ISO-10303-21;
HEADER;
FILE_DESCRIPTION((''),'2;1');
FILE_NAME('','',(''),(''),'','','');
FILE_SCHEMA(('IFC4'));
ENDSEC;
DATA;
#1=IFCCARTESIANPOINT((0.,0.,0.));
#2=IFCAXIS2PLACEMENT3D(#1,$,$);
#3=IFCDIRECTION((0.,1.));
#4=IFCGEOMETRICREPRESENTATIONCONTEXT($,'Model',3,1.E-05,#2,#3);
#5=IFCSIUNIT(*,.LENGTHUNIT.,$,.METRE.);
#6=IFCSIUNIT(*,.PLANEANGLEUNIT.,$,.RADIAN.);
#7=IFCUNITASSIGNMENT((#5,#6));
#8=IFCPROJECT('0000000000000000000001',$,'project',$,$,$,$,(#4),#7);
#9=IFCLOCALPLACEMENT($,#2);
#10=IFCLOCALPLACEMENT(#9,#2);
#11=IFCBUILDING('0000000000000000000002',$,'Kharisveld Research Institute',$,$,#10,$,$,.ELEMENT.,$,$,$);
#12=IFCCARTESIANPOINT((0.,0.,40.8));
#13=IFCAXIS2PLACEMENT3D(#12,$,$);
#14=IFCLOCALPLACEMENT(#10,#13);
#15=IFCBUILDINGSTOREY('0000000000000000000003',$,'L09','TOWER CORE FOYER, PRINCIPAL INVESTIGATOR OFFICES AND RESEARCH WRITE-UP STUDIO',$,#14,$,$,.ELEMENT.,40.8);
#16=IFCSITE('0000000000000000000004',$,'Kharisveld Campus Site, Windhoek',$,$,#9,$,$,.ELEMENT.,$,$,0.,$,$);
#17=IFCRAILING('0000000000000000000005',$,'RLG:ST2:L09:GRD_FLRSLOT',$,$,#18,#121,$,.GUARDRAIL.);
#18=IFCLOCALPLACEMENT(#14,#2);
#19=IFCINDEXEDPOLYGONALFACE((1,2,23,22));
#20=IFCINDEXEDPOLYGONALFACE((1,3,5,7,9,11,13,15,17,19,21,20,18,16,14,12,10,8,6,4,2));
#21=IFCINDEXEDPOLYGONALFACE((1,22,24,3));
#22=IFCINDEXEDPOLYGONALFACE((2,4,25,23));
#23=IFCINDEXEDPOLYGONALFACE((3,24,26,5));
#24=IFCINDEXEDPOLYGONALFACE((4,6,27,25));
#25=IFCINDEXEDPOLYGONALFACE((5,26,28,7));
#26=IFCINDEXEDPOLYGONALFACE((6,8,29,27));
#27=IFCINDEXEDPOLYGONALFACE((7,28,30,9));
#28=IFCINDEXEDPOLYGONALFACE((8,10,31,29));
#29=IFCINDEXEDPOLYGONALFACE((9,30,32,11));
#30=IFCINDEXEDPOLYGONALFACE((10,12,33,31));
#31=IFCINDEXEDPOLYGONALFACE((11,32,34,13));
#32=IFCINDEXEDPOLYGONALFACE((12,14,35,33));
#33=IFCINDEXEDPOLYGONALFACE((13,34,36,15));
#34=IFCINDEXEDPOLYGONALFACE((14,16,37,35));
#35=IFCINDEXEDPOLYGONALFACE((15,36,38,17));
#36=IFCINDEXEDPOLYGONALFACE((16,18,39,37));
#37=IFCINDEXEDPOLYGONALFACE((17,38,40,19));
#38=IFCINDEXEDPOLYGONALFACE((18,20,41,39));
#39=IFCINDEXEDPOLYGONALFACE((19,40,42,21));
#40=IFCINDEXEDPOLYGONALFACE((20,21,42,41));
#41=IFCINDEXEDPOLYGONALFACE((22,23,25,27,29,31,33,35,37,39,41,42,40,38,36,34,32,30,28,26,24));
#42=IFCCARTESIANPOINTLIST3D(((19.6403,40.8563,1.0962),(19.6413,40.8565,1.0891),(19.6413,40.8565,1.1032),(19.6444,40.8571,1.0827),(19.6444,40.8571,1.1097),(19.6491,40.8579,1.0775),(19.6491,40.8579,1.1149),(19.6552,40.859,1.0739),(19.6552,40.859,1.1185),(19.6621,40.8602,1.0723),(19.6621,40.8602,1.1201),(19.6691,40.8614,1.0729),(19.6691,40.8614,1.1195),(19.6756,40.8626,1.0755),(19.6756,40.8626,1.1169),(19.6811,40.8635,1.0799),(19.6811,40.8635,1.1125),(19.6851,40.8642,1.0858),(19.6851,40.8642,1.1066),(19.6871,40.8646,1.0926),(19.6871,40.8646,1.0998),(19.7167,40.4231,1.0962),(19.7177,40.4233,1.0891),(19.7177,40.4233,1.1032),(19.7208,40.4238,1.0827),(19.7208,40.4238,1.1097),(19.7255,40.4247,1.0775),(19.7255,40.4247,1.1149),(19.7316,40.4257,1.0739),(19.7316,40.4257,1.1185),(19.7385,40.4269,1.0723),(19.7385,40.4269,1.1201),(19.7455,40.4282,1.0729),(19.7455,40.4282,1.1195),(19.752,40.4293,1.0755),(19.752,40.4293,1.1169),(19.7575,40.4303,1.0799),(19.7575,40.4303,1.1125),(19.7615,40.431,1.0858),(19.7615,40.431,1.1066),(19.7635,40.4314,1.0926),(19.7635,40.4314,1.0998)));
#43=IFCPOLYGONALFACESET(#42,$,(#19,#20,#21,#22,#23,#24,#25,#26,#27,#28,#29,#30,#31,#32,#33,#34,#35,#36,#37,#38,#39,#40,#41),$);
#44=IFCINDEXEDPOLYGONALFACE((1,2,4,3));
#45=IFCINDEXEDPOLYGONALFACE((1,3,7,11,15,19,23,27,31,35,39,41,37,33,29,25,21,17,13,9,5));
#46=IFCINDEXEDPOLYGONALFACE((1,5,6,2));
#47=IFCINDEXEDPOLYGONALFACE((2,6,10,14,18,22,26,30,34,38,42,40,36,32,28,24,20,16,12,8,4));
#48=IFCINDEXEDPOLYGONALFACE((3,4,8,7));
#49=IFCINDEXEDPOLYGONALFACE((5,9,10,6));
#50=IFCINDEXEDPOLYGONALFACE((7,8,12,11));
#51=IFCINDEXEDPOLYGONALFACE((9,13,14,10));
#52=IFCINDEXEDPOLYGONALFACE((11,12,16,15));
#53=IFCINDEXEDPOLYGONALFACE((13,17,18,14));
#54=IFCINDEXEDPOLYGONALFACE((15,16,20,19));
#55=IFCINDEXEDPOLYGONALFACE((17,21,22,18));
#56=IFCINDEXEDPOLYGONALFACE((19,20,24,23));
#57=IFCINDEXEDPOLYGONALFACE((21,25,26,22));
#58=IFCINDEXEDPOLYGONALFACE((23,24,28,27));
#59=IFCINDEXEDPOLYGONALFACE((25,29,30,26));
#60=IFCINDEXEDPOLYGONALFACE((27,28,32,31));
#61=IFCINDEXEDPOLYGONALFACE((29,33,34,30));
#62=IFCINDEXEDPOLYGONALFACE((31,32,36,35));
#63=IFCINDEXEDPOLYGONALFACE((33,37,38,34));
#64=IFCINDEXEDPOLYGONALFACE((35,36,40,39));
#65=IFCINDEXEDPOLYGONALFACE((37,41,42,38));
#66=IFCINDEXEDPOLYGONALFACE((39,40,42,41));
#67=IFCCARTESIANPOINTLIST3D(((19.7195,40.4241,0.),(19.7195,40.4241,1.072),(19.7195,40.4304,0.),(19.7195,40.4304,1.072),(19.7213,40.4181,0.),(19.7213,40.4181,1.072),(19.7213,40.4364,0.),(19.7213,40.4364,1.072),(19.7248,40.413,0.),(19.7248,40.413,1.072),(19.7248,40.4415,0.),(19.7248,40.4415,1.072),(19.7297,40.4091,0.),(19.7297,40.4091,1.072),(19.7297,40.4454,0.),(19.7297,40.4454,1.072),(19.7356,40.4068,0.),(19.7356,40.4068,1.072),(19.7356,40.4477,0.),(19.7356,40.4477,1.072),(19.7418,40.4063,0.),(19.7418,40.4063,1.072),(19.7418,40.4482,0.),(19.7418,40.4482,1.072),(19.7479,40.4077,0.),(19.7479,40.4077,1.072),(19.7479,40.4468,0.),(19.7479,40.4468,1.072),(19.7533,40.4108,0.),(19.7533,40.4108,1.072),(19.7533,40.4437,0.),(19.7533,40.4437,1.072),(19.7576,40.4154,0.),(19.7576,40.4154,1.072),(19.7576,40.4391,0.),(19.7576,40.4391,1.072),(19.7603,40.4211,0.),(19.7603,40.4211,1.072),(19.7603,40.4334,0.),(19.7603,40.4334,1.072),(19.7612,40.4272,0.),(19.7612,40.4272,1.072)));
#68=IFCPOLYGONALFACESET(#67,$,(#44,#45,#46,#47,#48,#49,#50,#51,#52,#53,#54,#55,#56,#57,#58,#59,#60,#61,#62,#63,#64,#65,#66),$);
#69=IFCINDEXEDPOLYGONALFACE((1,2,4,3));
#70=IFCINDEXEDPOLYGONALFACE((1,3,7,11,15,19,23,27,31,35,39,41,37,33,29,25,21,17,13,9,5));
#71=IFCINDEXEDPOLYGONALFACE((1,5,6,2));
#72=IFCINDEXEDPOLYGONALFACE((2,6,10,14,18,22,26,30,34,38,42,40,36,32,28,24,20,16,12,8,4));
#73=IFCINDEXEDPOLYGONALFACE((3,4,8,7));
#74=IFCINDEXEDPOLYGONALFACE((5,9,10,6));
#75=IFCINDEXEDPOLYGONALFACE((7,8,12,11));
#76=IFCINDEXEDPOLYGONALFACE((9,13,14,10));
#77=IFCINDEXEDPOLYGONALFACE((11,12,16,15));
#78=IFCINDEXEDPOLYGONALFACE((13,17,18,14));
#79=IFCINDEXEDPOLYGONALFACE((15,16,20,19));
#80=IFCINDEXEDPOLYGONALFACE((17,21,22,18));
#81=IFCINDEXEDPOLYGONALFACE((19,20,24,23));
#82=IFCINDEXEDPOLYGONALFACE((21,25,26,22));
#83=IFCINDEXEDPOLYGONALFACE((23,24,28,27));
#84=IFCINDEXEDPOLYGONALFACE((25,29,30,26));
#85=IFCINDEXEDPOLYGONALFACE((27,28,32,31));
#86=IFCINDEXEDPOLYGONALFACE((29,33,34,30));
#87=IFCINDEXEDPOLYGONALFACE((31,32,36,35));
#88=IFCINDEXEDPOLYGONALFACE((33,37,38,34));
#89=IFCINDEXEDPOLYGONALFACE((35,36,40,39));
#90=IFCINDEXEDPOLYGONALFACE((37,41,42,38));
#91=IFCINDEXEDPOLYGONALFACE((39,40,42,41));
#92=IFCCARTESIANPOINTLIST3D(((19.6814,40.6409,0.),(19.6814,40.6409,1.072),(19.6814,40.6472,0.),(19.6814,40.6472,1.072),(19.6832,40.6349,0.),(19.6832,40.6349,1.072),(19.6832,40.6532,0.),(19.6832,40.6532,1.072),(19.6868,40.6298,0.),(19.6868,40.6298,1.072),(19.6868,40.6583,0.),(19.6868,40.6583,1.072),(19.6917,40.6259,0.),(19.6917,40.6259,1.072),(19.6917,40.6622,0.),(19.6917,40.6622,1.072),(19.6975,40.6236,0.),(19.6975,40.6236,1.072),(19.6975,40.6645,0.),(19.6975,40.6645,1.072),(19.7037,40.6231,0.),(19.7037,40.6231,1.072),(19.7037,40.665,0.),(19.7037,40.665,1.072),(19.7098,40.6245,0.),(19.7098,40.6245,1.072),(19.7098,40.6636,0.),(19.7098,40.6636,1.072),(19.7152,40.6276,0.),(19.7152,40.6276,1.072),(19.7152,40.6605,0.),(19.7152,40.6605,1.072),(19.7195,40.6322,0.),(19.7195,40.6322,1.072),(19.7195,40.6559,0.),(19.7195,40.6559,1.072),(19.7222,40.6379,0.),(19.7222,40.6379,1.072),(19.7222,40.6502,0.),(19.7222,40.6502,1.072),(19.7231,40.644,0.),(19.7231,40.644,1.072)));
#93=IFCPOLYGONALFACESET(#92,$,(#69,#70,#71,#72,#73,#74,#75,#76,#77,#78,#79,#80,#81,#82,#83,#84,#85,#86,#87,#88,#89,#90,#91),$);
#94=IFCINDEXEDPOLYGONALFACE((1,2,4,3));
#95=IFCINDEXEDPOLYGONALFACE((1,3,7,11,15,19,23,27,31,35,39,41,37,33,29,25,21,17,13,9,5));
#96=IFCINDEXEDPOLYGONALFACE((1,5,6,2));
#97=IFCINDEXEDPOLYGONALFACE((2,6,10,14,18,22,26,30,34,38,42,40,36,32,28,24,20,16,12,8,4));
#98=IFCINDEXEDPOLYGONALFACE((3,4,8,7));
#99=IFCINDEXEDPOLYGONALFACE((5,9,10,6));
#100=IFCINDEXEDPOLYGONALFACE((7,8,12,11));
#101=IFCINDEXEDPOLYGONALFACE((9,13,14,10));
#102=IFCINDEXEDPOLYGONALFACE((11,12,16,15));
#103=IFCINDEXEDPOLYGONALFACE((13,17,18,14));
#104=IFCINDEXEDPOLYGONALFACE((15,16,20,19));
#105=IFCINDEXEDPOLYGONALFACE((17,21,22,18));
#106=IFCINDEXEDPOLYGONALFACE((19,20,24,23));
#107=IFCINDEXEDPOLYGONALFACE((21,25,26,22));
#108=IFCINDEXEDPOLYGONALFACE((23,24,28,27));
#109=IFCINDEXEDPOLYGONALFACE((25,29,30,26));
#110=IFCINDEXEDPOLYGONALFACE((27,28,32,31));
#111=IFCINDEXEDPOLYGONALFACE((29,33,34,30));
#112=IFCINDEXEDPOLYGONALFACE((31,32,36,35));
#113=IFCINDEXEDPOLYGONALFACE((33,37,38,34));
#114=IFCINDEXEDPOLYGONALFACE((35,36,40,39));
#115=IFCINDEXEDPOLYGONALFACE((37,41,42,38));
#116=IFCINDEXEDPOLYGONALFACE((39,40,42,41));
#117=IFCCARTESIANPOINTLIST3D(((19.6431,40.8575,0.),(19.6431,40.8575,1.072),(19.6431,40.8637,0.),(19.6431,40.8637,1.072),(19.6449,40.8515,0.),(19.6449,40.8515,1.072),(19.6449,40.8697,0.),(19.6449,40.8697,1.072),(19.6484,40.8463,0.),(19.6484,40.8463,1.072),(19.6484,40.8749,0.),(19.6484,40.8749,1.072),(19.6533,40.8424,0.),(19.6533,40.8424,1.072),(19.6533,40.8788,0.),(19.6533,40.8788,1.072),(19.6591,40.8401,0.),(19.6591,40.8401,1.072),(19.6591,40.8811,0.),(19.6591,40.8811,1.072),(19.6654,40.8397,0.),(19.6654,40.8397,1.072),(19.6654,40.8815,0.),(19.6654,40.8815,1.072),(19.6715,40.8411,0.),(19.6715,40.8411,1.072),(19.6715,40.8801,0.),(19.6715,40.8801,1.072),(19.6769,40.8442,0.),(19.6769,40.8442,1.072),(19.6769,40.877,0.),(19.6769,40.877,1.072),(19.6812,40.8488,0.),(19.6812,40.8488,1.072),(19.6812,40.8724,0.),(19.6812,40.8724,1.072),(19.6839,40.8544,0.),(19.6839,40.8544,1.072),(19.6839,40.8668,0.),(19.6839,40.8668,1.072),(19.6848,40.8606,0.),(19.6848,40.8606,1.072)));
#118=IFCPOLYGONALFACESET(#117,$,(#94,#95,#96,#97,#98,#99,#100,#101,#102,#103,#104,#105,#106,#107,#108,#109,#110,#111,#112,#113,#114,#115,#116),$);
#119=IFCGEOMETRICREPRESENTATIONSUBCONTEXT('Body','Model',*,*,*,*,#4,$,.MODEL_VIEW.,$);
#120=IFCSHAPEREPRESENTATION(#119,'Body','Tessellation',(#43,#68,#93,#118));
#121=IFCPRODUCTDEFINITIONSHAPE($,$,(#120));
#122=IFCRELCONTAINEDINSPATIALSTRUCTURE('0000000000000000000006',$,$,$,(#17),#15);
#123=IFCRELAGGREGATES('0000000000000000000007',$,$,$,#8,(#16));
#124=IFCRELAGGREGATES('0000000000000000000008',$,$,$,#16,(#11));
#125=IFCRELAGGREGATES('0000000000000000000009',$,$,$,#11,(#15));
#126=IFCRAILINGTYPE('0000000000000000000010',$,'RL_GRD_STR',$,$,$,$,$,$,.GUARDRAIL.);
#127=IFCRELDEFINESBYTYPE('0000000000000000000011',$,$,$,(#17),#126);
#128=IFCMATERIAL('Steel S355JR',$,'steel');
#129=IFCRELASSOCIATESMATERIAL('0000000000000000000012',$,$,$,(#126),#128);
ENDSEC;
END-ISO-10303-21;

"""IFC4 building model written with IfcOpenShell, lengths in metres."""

from ifc_helpers import new_model, si_unit, direction, frame, origin, origin_2d, place, context, subcontext, project, spatial, circle, extrude, material, type_object, element, save


model = new_model("IFC4")

# Units and contexts
model_context = context("Model", 3, precision=1e-05, world=origin(), true_north=direction((0.0, 1.0)))
body_context = subcontext(model_context, "Body", "Model", "MODEL_VIEW")
ifc_project = project(units=[si_unit("LENGTHUNIT", "METRE"), si_unit("PLANEANGLEUNIT", "RADIAN")], contexts=[model_context])

# Site, building, storey
site_placement = place(None, origin())
site = spatial("IfcSite", under=ifc_project, at=site_placement, Name="Kharisveld Campus Site, Windhoek", CompositionType="ELEMENT", RefElevation=0.0)
building_placement = place(site_placement, origin())
building = spatial("IfcBuilding", under=site, at=building_placement, Name="Kharisveld Research Institute", CompositionType="ELEMENT")
storey_placement = place(building_placement, frame((0.0, 0.0, 40.8)))
storey = spatial("IfcBuildingStorey", under=building, at=storey_placement, Name="L09", Description="TOWER CORE FOYER, PRINCIPAL INVESTIGATOR OFFICES AND RESEARCH WRITE-UP STUDIO", CompositionType="ELEMENT", Elevation=40.8)

# Railing
ifc_material_1 = material(Name="Steel S355JR", Category="steel")
railing_type_1 = type_object("IfcRailingType", Name="RL_GRD_STR", PredefinedType="GUARDRAIL", material=ifc_material_1)
railing_1_placement = place(storey_placement, frame((19.7402, 40.4272, 0.0)))
element("IfcRailing", 1, at=railing_1_placement, inside=storey, type_object=railing_type_1, Name="RLG:ST2:L09:GRD_FLRSLOT", PredefinedType="GUARDRAIL", context=body_context, shape_type="SweptSolid", body=[
    extrude(circle(Radius=0.0239, at=origin_2d()), frame((0.0, 0.0, 1.0962), z_axis=(-0.173659, 0.984806, 0.0), x_axis=(-0.984806, -0.173659, 0.0)), (0.0, 0.0, 1.0), 0.4399),
    extrude(circle(Radius=0.021, at=origin_2d()), origin(), (0.0, 0.0, 1.0), 1.072),
    extrude(circle(Radius=0.021, at=origin_2d()), frame((-0.0381, 0.2168, 0.0)), (0.0, 0.0, 1.0), 1.072),
    extrude(circle(Radius=0.021, at=origin_2d()), frame((-0.0764, 0.4333, 0.0)), (0.0, 0.0, 1.0), 1.072),
])

save(model, "model.ifc")
